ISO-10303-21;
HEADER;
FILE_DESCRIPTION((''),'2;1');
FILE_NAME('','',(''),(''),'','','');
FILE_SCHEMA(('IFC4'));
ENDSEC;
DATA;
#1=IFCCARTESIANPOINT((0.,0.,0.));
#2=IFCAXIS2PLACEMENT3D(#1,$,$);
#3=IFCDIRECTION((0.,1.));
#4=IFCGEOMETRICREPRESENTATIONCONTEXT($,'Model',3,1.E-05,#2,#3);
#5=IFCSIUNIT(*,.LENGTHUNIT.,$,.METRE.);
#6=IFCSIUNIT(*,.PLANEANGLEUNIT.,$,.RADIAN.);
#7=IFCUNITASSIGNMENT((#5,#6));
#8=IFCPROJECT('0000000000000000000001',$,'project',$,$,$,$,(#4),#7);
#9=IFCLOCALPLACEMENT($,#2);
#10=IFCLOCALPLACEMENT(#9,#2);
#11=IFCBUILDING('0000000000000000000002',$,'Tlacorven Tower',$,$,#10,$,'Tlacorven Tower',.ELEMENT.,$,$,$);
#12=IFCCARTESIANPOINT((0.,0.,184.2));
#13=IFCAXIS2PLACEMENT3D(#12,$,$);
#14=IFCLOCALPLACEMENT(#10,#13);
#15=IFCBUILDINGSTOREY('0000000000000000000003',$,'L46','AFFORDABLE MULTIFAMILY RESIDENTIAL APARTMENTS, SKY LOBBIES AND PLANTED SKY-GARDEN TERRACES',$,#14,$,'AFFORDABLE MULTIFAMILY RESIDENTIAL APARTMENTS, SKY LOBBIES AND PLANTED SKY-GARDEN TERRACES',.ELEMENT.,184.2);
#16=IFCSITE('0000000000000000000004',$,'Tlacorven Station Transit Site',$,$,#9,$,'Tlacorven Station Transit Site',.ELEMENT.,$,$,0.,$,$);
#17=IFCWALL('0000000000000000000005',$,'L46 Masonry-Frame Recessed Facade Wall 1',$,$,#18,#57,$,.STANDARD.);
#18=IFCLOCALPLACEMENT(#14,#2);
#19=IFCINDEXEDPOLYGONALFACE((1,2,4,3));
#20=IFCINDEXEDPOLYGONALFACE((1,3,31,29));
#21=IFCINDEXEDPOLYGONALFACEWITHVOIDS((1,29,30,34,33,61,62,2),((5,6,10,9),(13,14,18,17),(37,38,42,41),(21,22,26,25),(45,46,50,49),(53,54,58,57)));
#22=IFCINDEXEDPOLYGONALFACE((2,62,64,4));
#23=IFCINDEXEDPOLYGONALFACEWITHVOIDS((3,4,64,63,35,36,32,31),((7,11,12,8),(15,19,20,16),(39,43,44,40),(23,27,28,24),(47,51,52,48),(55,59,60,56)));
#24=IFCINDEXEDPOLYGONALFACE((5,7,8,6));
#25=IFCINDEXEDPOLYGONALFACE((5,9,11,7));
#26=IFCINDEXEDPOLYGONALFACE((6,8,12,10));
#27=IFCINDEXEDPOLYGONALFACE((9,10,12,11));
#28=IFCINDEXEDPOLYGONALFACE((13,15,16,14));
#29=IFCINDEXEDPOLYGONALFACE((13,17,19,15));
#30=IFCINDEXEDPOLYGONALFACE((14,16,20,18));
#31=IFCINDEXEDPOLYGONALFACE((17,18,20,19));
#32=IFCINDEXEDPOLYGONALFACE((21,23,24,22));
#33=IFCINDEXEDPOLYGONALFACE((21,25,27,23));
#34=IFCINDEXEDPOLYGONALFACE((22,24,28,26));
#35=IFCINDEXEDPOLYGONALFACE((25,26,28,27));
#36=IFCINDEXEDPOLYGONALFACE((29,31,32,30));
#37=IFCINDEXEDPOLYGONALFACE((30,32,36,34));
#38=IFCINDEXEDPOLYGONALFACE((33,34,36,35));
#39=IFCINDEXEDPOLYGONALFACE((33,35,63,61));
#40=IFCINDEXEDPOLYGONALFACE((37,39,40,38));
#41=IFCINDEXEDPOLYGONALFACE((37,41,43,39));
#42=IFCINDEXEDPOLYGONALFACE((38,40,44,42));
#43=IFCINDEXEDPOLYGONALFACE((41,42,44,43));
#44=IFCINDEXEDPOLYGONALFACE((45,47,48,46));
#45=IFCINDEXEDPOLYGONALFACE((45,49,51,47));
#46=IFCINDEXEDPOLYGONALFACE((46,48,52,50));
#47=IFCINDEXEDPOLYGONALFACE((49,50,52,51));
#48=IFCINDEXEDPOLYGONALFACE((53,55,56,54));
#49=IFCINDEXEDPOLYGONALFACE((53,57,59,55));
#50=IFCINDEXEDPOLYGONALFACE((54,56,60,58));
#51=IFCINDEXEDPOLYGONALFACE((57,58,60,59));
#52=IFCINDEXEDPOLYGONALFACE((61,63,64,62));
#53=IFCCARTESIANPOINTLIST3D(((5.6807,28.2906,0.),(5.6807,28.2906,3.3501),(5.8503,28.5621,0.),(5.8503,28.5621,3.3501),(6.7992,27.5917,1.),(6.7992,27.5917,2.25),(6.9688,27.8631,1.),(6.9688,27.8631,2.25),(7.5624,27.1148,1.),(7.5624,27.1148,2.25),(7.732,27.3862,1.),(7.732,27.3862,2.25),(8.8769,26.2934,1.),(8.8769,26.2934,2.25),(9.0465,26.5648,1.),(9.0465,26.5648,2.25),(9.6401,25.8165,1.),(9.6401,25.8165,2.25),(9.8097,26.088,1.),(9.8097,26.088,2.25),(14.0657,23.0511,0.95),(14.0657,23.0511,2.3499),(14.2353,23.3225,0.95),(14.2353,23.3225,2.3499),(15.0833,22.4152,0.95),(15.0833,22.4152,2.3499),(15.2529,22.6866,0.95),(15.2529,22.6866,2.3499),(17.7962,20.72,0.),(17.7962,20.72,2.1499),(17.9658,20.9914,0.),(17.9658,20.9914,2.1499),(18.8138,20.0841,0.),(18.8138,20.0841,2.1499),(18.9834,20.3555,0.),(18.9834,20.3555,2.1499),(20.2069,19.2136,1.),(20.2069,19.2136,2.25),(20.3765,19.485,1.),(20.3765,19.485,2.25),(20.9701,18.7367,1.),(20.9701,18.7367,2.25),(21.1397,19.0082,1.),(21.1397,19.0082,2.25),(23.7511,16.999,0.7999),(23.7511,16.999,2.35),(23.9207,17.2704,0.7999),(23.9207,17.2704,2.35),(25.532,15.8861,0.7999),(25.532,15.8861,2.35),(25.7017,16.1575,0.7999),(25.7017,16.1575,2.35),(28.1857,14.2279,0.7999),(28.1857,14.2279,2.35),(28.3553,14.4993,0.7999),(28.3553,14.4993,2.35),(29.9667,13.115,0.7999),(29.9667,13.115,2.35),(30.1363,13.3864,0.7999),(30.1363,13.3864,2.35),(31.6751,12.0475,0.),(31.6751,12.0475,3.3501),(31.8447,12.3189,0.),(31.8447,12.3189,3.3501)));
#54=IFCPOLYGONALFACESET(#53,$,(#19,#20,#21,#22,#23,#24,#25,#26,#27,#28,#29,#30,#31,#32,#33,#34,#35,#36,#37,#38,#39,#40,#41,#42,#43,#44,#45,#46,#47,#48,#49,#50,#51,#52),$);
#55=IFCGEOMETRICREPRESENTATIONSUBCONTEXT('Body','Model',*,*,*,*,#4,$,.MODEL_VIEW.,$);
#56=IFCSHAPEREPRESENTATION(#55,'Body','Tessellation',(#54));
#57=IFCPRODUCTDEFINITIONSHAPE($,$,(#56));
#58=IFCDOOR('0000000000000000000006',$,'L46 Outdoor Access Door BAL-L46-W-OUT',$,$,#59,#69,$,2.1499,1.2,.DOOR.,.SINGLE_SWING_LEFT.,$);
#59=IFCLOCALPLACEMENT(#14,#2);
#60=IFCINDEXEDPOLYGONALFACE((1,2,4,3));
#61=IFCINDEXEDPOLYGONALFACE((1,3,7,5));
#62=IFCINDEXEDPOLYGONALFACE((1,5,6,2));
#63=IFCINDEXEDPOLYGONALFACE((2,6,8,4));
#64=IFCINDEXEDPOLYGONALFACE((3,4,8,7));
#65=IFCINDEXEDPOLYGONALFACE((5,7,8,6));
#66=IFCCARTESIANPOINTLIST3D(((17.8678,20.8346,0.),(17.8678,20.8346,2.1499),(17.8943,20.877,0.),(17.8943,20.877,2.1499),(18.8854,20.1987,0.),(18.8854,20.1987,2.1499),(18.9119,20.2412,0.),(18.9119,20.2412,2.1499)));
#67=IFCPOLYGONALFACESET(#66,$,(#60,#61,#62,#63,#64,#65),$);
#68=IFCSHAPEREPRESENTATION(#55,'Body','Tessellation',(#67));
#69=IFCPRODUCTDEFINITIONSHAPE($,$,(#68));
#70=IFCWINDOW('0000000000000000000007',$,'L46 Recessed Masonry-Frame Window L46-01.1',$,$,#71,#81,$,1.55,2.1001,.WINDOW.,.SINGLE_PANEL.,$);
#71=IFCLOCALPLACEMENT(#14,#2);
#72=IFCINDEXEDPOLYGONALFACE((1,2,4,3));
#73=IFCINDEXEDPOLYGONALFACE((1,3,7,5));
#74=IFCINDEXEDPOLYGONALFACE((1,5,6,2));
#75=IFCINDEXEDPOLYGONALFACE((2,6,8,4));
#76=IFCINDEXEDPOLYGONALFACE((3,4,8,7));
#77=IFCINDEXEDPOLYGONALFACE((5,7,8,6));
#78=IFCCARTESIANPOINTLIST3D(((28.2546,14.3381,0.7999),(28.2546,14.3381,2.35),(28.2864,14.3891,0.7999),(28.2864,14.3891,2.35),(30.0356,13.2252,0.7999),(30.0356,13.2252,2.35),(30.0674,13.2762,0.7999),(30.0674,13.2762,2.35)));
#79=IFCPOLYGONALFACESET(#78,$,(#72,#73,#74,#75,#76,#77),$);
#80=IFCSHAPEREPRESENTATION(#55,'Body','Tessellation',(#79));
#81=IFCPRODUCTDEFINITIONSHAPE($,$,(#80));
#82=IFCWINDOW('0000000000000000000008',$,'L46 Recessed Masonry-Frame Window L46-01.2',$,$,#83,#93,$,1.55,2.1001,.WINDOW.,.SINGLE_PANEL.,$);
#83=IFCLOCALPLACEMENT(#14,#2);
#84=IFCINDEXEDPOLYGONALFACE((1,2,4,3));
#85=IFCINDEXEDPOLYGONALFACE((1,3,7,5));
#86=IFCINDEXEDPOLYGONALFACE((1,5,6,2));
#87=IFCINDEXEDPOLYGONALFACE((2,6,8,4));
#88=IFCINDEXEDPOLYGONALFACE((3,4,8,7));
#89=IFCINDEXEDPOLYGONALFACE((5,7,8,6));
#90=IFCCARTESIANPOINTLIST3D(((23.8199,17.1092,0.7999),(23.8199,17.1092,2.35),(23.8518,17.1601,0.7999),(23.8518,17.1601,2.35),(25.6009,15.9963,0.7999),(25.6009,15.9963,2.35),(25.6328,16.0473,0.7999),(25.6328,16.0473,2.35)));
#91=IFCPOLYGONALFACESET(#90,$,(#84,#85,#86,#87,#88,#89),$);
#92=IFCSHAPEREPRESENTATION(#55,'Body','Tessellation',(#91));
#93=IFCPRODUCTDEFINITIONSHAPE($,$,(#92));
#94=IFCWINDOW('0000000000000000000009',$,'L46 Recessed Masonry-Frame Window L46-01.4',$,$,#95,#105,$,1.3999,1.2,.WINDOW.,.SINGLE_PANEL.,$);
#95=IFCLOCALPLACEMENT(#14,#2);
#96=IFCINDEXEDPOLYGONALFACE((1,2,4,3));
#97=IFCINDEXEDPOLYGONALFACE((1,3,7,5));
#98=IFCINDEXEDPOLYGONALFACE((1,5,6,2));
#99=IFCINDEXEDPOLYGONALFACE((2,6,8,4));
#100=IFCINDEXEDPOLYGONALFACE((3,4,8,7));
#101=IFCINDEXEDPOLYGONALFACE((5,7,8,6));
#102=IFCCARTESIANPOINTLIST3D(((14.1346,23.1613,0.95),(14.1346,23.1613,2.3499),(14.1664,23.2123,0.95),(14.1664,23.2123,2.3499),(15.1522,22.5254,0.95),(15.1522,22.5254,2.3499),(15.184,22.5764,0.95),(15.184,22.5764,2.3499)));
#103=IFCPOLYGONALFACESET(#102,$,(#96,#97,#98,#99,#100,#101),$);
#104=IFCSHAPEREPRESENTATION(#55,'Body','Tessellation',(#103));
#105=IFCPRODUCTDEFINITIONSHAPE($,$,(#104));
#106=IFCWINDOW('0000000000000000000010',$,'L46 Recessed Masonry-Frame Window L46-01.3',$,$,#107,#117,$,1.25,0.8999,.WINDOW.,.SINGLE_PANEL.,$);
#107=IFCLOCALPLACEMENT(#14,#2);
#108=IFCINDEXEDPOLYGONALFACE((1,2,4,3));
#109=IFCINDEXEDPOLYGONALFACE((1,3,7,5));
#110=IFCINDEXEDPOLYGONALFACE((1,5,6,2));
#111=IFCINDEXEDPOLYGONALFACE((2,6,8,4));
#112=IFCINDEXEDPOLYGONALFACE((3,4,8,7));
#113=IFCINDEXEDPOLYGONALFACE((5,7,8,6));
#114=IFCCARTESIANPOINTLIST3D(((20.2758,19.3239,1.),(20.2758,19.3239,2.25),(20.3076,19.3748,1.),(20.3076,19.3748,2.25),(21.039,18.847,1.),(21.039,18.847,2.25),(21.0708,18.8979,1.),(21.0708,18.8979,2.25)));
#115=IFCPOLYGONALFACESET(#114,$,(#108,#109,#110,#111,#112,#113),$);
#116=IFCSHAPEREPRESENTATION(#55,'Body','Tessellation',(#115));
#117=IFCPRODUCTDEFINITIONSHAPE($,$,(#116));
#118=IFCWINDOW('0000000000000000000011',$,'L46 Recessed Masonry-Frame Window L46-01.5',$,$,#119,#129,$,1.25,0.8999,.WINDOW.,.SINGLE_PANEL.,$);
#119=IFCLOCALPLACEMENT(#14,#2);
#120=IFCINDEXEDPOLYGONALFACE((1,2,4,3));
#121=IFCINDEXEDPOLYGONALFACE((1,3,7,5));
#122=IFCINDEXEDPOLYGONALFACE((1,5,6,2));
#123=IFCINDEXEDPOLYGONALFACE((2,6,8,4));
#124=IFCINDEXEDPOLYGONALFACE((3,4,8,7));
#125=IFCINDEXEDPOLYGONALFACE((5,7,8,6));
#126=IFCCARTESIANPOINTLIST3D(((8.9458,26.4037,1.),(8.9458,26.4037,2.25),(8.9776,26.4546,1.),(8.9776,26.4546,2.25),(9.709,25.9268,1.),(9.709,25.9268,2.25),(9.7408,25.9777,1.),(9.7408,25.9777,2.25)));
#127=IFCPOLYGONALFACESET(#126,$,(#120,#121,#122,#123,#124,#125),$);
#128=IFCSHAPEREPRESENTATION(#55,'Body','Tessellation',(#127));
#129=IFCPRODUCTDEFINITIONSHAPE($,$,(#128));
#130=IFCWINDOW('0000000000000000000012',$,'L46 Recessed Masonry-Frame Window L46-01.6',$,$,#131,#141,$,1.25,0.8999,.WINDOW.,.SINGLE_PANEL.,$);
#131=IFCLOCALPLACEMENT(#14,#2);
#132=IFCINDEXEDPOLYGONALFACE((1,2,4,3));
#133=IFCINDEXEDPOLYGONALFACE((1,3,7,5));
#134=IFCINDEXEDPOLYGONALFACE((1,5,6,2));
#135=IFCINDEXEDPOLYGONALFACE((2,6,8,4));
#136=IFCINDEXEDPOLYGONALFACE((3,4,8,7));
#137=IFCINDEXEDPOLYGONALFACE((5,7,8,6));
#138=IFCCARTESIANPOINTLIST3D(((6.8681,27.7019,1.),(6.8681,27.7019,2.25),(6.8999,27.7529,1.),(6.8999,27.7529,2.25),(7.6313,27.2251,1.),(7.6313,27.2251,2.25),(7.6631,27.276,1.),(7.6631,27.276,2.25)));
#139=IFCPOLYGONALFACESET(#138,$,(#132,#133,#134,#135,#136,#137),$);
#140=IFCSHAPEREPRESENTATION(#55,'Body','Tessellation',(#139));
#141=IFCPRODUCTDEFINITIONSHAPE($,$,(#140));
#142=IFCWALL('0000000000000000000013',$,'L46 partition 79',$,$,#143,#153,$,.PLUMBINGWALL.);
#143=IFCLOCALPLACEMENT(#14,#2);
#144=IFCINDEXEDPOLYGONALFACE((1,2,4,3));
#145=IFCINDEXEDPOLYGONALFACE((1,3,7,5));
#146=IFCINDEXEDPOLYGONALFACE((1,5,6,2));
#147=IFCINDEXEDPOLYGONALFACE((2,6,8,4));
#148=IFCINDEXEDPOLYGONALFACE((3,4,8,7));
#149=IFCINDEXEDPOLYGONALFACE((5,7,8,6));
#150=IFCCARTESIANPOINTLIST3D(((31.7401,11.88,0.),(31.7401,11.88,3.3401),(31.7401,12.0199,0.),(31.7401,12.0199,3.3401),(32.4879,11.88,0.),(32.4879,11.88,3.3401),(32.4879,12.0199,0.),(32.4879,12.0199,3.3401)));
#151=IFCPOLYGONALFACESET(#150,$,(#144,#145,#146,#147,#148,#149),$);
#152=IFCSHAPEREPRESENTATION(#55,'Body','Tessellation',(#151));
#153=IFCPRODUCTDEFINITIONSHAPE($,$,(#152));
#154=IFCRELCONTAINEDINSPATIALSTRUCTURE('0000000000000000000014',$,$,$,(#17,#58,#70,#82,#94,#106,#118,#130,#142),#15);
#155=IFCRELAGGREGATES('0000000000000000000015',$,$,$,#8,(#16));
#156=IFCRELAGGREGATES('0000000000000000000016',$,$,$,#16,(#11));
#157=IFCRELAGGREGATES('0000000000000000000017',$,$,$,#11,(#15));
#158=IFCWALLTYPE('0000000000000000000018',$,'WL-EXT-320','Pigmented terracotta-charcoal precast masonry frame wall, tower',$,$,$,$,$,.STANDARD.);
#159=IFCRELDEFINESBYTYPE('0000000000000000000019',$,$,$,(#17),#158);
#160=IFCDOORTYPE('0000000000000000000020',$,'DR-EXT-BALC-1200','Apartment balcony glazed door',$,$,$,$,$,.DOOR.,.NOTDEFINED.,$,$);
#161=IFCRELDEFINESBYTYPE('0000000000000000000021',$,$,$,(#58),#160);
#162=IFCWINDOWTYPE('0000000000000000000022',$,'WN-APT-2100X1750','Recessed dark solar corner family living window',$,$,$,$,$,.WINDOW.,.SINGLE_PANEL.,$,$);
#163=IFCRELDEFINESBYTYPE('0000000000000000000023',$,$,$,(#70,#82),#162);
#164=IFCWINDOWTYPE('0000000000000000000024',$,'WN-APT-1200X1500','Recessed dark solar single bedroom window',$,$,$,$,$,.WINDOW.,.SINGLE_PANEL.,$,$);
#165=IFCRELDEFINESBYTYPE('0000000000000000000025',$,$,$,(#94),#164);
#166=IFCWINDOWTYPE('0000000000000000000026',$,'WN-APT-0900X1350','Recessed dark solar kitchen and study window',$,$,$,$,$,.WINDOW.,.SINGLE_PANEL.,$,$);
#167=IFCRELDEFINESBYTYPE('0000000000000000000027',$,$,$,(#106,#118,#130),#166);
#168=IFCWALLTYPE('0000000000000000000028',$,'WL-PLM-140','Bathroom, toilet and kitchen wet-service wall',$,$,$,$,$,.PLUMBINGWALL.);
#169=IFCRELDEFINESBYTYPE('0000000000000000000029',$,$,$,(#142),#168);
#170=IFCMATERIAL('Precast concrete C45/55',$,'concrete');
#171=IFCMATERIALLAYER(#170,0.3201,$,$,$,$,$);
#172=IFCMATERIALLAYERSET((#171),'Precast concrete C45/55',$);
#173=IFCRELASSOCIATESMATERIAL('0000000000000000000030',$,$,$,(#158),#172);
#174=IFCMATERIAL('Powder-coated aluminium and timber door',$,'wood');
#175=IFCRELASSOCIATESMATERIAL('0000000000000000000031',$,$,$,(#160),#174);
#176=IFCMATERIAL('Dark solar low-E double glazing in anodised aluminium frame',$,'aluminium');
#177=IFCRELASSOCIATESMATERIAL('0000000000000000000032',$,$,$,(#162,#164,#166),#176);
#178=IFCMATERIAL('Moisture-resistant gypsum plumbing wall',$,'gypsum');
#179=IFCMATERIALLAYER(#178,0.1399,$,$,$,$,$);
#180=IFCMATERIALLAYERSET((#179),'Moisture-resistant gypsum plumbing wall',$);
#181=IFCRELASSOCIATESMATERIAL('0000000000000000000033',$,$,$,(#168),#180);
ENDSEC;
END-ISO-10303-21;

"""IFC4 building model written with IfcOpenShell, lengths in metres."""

from ifc_helpers import new_model, si_unit, direction, frame, frame_2d, origin, place, context, subcontext, project, spatial, rectangle, extrude, source, transform, mapped, material, layer, layer_set, type_object, element, fill, save


model = new_model("IFC4")

# Units and contexts
model_context = context("Model", 3, precision=1e-05, world=origin(), true_north=direction((0.0, 1.0)))
body_context = subcontext(model_context, "Body", "Model", "MODEL_VIEW")
ifc_project = project(units=[si_unit("LENGTHUNIT", "METRE"), si_unit("PLANEANGLEUNIT", "RADIAN")], contexts=[model_context])

# Site, building, storey
site_placement = place(None, origin())
site = spatial("IfcSite", under=ifc_project, at=site_placement, Name="Tlacorven Station Transit Site", LongName="Tlacorven Station Transit Site", CompositionType="ELEMENT", RefElevation=0.0)
building_placement = place(site_placement, origin())
building = spatial("IfcBuilding", under=site, at=building_placement, Name="Tlacorven Tower", LongName="Tlacorven Tower", CompositionType="ELEMENT")
storey_placement = place(building_placement, frame((0.0, 0.0, 184.2)))
storey = spatial("IfcBuildingStorey", under=building, at=storey_placement, Name="L46", Description="AFFORDABLE MULTIFAMILY RESIDENTIAL APARTMENTS, SKY LOBBIES AND PLANTED SKY-GARDEN TERRACES", LongName="AFFORDABLE MULTIFAMILY RESIDENTIAL APARTMENTS, SKY LOBBIES AND PLANTED SKY-GARDEN TERRACES", CompositionType="ELEMENT", Elevation=184.2)

# Wall, openings, door, windows
ifc_material_1 = material(Name="Precast concrete C45/55", Category="concrete")
ifc_layer_1 = layer(ifc_material_1, 0.3201)
ifc_layer_set_1 = layer_set([ifc_layer_1], Name="Precast concrete C45/55")
wall_type_1 = type_object("IfcWallType", Name="WL-EXT-320", Description="Pigmented terracotta-charcoal precast masonry frame wall, tower", PredefinedType="STANDARD", material=ifc_layer_set_1)
wall_1_placement = place(storey_placement, frame((31.76, 12.1831, 0.0), z_axis=(0.0, 0.0, 1.0), x_axis=(-0.848047, 0.529921, 0.0)))
wall_1 = element("IfcWall", 1, at=wall_1_placement, inside=storey, type_object=wall_type_1, Name="L46 Masonry-Frame Recessed Facade Wall 1", PredefinedType="STANDARD", context=body_context, shape_type="SweptSolid", body=[
    extrude(rectangle(XDim=30.6521, YDim=0.3201, at=frame_2d((15.3262, 0.0))), origin(), (0.0, 0.0, 1.0), 3.3501),
])
opening_1_placement = place(wall_1_placement, frame((15.1658, 0.0, 0.0)))
opening_1 = element("IfcOpeningElement", 2, at=opening_1_placement, cuts=wall_1, PredefinedType="OPENING", context=body_context, shape_type="SweptSolid", body=[
    extrude(rectangle(XDim=1.2, YDim=2.1499, at=frame_2d((0.6001, 1.075))), frame((0.0, 0.1699, 0.0), z_axis=(0.0, -1.0, 0.0), x_axis=(1.0, 0.0, 0.0)), (0.0, 0.0, 1.0), 0.3401),
])
opening_2_placement = place(wall_1_placement, frame((2.0146, 0.0, 0.8)))
opening_2 = element("IfcOpeningElement", 3, at=opening_2_placement, cuts=wall_1, PredefinedType="OPENING", context=body_context, shape_type="SweptSolid", body=[
    extrude(rectangle(XDim=2.1001, YDim=1.55, at=frame_2d((1.05, 0.7749))), frame((0.0, 0.1699, 0.0), z_axis=(0.0, -1.0, 0.0), x_axis=(1.0, 0.0, 0.0)), (0.0, 0.0, 1.0), 0.3401),
])
opening_3_placement = place(wall_1_placement, frame((7.2439, 0.0, 0.8)))
opening_3 = element("IfcOpeningElement", 4, at=opening_3_placement, cuts=wall_1, PredefinedType="OPENING", context=body_context, shape_type="SweptSolid", body=[
    extrude(rectangle(XDim=2.1001, YDim=1.55, at=frame_2d((1.05, 0.7749))), frame((0.0, 0.1699, 0.0), z_axis=(0.0, -1.0, 0.0), x_axis=(1.0, 0.0, 0.0)), (0.0, 0.0, 1.0), 0.3401),
])
opening_4_placement = place(wall_1_placement, frame((12.6233, 0.0, 1.0)))
opening_4 = element("IfcOpeningElement", 5, at=opening_4_placement, cuts=wall_1, PredefinedType="OPENING", context=body_context, shape_type="SweptSolid", body=[
    extrude(rectangle(XDim=0.8999, YDim=1.25, at=frame_2d((0.45, 0.625))), frame((0.0, 0.1699, 0.0), z_axis=(0.0, -1.0, 0.0), x_axis=(1.0, 0.0, 0.0)), (0.0, 0.0, 1.0), 0.3401),
])
opening_5_placement = place(wall_1_placement, frame((19.5647, 0.0, 0.95)))
opening_5 = element("IfcOpeningElement", 6, at=opening_5_placement, cuts=wall_1, PredefinedType="OPENING", context=body_context, shape_type="SweptSolid", body=[
    extrude(rectangle(XDim=1.2, YDim=1.3999, at=frame_2d((0.6001, 0.7))), frame((0.0, 0.1699, 0.0), z_axis=(0.0, -1.0, 0.0), x_axis=(1.0, 0.0, 0.0)), (0.0, 0.0, 1.0), 0.3401),
])
opening_6_placement = place(wall_1_placement, frame((25.9834, 0.0, 1.0)))
opening_6 = element("IfcOpeningElement", 7, at=opening_6_placement, cuts=wall_1, PredefinedType="OPENING", context=body_context, shape_type="SweptSolid", body=[
    extrude(rectangle(XDim=0.8999, YDim=1.25, at=frame_2d((0.45, 0.625))), frame((0.0, 0.1699, 0.0), z_axis=(0.0, -1.0, 0.0), x_axis=(1.0, 0.0, 0.0)), (0.0, 0.0, 1.0), 0.3401),
])
opening_7_placement = place(wall_1_placement, frame((28.4333, 0.0, 1.0)))
opening_7 = element("IfcOpeningElement", 8, at=opening_7_placement, cuts=wall_1, PredefinedType="OPENING", context=body_context, shape_type="SweptSolid", body=[
    extrude(rectangle(XDim=0.8999, YDim=1.25, at=frame_2d((0.45, 0.625))), frame((0.0, 0.1699, 0.0), z_axis=(0.0, -1.0, 0.0), x_axis=(1.0, 0.0, 0.0)), (0.0, 0.0, 1.0), 0.3401),
])
ifc_material_2 = material(Name="Powder-coated aluminium and timber door", Category="wood")
door_type_1 = type_object("IfcDoorType", Name="DR-EXT-BALC-1200", Description="Apartment balcony glazed door", OperationType="NOTDEFINED", PredefinedType="DOOR", material=ifc_material_2)
shared_shape_1 = source(origin(), body_context, "Body", "SweptSolid", [
    extrude(rectangle(XDim=1.2, YDim=2.1499, at=frame_2d((0.6001, 1.075))), frame((0.0, 0.0249, 0.0), z_axis=(0.0, -1.0, 0.0), x_axis=(1.0, 0.0, 0.0)), (0.0, 0.0, 1.0), 0.05),
])
door_1_placement = place(opening_1_placement, origin())
door_1 = element("IfcDoor", 9, at=door_1_placement, inside=storey, type_object=door_type_1, Name="L46 Outdoor Access Door BAL-L46-W-OUT", OperationType="SINGLE_SWING_LEFT", OverallHeight=2.1499, OverallWidth=1.2, PredefinedType="DOOR", context=body_context, shape_type="MappedRepresentation", body=[
    mapped(shared_shape_1, transform((0.0, 0.0, 0.0), scale=1.0)),
])
fill(opening_1, door_1)
ifc_material_3 = material(Name="Dark solar low-E double glazing in anodised aluminium frame", Category="aluminium")
window_type_1 = type_object("IfcWindowType", Name="WN-APT-2100X1750", Description="Recessed dark solar corner family living window", PartitioningType="SINGLE_PANEL", PredefinedType="WINDOW", material=ifc_material_3)
shared_shape_2 = source(origin(), body_context, "Body", "SweptSolid", [
    extrude(rectangle(XDim=2.1001, YDim=1.55, at=frame_2d((1.05, 0.7749))), frame((0.0, 0.03, 0.0), z_axis=(0.0, -1.0, 0.0), x_axis=(1.0, 0.0, 0.0)), (0.0, 0.0, 1.0), 0.0601),
])
window_1_placement = place(opening_2_placement, origin())
window_1 = element("IfcWindow", 10, at=window_1_placement, inside=storey, type_object=window_type_1, Name="L46 Recessed Masonry-Frame Window L46-01.1", OverallHeight=1.55, OverallWidth=2.1001, PartitioningType="SINGLE_PANEL", PredefinedType="WINDOW", context=body_context, shape_type="MappedRepresentation", body=[
    mapped(shared_shape_2, transform((0.0, 0.0, 0.0), scale=1.0)),
])
fill(opening_2, window_1)
window_2_placement = place(opening_3_placement, origin())
window_2 = element("IfcWindow", 11, at=window_2_placement, inside=storey, type_object=window_type_1, Name="L46 Recessed Masonry-Frame Window L46-01.2", OverallHeight=1.55, OverallWidth=2.1001, PartitioningType="SINGLE_PANEL", PredefinedType="WINDOW", context=body_context, shape_type="MappedRepresentation", body=[
    mapped(shared_shape_2, transform((0.0, 0.0, 0.0), scale=1.0)),
])
fill(opening_3, window_2)
window_type_2 = type_object("IfcWindowType", Name="WN-APT-1200X1500", Description="Recessed dark solar single bedroom window", PartitioningType="SINGLE_PANEL", PredefinedType="WINDOW", material=ifc_material_3)
shared_shape_3 = source(origin(), body_context, "Body", "SweptSolid", [
    extrude(rectangle(XDim=1.2, YDim=1.3999, at=frame_2d((0.6001, 0.7))), frame((0.0, 0.03, 0.0), z_axis=(0.0, -1.0, 0.0), x_axis=(1.0, 0.0, 0.0)), (0.0, 0.0, 1.0), 0.0601),
])
window_3_placement = place(opening_5_placement, origin())
window_3 = element("IfcWindow", 12, at=window_3_placement, inside=storey, type_object=window_type_2, Name="L46 Recessed Masonry-Frame Window L46-01.4", OverallHeight=1.3999, OverallWidth=1.2, PartitioningType="SINGLE_PANEL", PredefinedType="WINDOW", context=body_context, shape_type="MappedRepresentation", body=[
    mapped(shared_shape_3, transform((0.0, 0.0, 0.0), scale=1.0)),
])
fill(opening_5, window_3)
window_type_3 = type_object("IfcWindowType", Name="WN-APT-0900X1350", Description="Recessed dark solar kitchen and study window", PartitioningType="SINGLE_PANEL", PredefinedType="WINDOW", material=ifc_material_3)
shared_shape_4 = source(origin(), body_context, "Body", "SweptSolid", [
    extrude(rectangle(XDim=0.8999, YDim=1.25, at=frame_2d((0.45, 0.625))), frame((0.0, 0.03, 0.0), z_axis=(0.0, -1.0, 0.0), x_axis=(1.0, 0.0, 0.0)), (0.0, 0.0, 1.0), 0.0601),
])
window_4_placement = place(opening_4_placement, origin())
window_4 = element("IfcWindow", 13, at=window_4_placement, inside=storey, type_object=window_type_3, Name="L46 Recessed Masonry-Frame Window L46-01.3", OverallHeight=1.25, OverallWidth=0.8999, PartitioningType="SINGLE_PANEL", PredefinedType="WINDOW", context=body_context, shape_type="MappedRepresentation", body=[
    mapped(shared_shape_4, transform((0.0, 0.0, 0.0), scale=1.0)),
])
fill(opening_4, window_4)
window_5_placement = place(opening_6_placement, origin())
window_5 = element("IfcWindow", 14, at=window_5_placement, inside=storey, type_object=window_type_3, Name="L46 Recessed Masonry-Frame Window L46-01.5", OverallHeight=1.25, OverallWidth=0.8999, PartitioningType="SINGLE_PANEL", PredefinedType="WINDOW", context=body_context, shape_type="MappedRepresentation", body=[
    mapped(shared_shape_4, transform((0.0, 0.0, 0.0), scale=1.0)),
])
fill(opening_6, window_5)
window_6_placement = place(opening_7_placement, origin())
window_6 = element("IfcWindow", 15, at=window_6_placement, inside=storey, type_object=window_type_3, Name="L46 Recessed Masonry-Frame Window L46-01.6", OverallHeight=1.25, OverallWidth=0.8999, PartitioningType="SINGLE_PANEL", PredefinedType="WINDOW", context=body_context, shape_type="MappedRepresentation", body=[
    mapped(shared_shape_4, transform((0.0, 0.0, 0.0), scale=1.0)),
])
fill(opening_7, window_6)

# Wall
ifc_material_4 = material(Name="Moisture-resistant gypsum plumbing wall", Category="gypsum")
ifc_layer_2 = layer(ifc_material_4, 0.1399)
ifc_layer_set_2 = layer_set([ifc_layer_2], Name="Moisture-resistant gypsum plumbing wall")
wall_type_2 = type_object("IfcWallType", Name="WL-PLM-140", Description="Bathroom, toilet and kitchen wet-service wall", PredefinedType="PLUMBINGWALL", material=ifc_layer_set_2)
wall_2_placement = place(storey_placement, frame((31.74, 11.95, 0.0), z_axis=(0.0, 0.0, 1.0), x_axis=(1.0, 0.0, 0.0)))
element("IfcWall", 16, at=wall_2_placement, inside=storey, type_object=wall_type_2, Name="L46 partition 79", PredefinedType="PLUMBINGWALL", context=body_context, shape_type="SweptSolid", body=[
    extrude(rectangle(XDim=0.7478, YDim=0.1399, at=frame_2d((0.374, 0.0))), origin(), (0.0, 0.0, 1.0), 3.3401),
])

save(model, "model.ifc")
